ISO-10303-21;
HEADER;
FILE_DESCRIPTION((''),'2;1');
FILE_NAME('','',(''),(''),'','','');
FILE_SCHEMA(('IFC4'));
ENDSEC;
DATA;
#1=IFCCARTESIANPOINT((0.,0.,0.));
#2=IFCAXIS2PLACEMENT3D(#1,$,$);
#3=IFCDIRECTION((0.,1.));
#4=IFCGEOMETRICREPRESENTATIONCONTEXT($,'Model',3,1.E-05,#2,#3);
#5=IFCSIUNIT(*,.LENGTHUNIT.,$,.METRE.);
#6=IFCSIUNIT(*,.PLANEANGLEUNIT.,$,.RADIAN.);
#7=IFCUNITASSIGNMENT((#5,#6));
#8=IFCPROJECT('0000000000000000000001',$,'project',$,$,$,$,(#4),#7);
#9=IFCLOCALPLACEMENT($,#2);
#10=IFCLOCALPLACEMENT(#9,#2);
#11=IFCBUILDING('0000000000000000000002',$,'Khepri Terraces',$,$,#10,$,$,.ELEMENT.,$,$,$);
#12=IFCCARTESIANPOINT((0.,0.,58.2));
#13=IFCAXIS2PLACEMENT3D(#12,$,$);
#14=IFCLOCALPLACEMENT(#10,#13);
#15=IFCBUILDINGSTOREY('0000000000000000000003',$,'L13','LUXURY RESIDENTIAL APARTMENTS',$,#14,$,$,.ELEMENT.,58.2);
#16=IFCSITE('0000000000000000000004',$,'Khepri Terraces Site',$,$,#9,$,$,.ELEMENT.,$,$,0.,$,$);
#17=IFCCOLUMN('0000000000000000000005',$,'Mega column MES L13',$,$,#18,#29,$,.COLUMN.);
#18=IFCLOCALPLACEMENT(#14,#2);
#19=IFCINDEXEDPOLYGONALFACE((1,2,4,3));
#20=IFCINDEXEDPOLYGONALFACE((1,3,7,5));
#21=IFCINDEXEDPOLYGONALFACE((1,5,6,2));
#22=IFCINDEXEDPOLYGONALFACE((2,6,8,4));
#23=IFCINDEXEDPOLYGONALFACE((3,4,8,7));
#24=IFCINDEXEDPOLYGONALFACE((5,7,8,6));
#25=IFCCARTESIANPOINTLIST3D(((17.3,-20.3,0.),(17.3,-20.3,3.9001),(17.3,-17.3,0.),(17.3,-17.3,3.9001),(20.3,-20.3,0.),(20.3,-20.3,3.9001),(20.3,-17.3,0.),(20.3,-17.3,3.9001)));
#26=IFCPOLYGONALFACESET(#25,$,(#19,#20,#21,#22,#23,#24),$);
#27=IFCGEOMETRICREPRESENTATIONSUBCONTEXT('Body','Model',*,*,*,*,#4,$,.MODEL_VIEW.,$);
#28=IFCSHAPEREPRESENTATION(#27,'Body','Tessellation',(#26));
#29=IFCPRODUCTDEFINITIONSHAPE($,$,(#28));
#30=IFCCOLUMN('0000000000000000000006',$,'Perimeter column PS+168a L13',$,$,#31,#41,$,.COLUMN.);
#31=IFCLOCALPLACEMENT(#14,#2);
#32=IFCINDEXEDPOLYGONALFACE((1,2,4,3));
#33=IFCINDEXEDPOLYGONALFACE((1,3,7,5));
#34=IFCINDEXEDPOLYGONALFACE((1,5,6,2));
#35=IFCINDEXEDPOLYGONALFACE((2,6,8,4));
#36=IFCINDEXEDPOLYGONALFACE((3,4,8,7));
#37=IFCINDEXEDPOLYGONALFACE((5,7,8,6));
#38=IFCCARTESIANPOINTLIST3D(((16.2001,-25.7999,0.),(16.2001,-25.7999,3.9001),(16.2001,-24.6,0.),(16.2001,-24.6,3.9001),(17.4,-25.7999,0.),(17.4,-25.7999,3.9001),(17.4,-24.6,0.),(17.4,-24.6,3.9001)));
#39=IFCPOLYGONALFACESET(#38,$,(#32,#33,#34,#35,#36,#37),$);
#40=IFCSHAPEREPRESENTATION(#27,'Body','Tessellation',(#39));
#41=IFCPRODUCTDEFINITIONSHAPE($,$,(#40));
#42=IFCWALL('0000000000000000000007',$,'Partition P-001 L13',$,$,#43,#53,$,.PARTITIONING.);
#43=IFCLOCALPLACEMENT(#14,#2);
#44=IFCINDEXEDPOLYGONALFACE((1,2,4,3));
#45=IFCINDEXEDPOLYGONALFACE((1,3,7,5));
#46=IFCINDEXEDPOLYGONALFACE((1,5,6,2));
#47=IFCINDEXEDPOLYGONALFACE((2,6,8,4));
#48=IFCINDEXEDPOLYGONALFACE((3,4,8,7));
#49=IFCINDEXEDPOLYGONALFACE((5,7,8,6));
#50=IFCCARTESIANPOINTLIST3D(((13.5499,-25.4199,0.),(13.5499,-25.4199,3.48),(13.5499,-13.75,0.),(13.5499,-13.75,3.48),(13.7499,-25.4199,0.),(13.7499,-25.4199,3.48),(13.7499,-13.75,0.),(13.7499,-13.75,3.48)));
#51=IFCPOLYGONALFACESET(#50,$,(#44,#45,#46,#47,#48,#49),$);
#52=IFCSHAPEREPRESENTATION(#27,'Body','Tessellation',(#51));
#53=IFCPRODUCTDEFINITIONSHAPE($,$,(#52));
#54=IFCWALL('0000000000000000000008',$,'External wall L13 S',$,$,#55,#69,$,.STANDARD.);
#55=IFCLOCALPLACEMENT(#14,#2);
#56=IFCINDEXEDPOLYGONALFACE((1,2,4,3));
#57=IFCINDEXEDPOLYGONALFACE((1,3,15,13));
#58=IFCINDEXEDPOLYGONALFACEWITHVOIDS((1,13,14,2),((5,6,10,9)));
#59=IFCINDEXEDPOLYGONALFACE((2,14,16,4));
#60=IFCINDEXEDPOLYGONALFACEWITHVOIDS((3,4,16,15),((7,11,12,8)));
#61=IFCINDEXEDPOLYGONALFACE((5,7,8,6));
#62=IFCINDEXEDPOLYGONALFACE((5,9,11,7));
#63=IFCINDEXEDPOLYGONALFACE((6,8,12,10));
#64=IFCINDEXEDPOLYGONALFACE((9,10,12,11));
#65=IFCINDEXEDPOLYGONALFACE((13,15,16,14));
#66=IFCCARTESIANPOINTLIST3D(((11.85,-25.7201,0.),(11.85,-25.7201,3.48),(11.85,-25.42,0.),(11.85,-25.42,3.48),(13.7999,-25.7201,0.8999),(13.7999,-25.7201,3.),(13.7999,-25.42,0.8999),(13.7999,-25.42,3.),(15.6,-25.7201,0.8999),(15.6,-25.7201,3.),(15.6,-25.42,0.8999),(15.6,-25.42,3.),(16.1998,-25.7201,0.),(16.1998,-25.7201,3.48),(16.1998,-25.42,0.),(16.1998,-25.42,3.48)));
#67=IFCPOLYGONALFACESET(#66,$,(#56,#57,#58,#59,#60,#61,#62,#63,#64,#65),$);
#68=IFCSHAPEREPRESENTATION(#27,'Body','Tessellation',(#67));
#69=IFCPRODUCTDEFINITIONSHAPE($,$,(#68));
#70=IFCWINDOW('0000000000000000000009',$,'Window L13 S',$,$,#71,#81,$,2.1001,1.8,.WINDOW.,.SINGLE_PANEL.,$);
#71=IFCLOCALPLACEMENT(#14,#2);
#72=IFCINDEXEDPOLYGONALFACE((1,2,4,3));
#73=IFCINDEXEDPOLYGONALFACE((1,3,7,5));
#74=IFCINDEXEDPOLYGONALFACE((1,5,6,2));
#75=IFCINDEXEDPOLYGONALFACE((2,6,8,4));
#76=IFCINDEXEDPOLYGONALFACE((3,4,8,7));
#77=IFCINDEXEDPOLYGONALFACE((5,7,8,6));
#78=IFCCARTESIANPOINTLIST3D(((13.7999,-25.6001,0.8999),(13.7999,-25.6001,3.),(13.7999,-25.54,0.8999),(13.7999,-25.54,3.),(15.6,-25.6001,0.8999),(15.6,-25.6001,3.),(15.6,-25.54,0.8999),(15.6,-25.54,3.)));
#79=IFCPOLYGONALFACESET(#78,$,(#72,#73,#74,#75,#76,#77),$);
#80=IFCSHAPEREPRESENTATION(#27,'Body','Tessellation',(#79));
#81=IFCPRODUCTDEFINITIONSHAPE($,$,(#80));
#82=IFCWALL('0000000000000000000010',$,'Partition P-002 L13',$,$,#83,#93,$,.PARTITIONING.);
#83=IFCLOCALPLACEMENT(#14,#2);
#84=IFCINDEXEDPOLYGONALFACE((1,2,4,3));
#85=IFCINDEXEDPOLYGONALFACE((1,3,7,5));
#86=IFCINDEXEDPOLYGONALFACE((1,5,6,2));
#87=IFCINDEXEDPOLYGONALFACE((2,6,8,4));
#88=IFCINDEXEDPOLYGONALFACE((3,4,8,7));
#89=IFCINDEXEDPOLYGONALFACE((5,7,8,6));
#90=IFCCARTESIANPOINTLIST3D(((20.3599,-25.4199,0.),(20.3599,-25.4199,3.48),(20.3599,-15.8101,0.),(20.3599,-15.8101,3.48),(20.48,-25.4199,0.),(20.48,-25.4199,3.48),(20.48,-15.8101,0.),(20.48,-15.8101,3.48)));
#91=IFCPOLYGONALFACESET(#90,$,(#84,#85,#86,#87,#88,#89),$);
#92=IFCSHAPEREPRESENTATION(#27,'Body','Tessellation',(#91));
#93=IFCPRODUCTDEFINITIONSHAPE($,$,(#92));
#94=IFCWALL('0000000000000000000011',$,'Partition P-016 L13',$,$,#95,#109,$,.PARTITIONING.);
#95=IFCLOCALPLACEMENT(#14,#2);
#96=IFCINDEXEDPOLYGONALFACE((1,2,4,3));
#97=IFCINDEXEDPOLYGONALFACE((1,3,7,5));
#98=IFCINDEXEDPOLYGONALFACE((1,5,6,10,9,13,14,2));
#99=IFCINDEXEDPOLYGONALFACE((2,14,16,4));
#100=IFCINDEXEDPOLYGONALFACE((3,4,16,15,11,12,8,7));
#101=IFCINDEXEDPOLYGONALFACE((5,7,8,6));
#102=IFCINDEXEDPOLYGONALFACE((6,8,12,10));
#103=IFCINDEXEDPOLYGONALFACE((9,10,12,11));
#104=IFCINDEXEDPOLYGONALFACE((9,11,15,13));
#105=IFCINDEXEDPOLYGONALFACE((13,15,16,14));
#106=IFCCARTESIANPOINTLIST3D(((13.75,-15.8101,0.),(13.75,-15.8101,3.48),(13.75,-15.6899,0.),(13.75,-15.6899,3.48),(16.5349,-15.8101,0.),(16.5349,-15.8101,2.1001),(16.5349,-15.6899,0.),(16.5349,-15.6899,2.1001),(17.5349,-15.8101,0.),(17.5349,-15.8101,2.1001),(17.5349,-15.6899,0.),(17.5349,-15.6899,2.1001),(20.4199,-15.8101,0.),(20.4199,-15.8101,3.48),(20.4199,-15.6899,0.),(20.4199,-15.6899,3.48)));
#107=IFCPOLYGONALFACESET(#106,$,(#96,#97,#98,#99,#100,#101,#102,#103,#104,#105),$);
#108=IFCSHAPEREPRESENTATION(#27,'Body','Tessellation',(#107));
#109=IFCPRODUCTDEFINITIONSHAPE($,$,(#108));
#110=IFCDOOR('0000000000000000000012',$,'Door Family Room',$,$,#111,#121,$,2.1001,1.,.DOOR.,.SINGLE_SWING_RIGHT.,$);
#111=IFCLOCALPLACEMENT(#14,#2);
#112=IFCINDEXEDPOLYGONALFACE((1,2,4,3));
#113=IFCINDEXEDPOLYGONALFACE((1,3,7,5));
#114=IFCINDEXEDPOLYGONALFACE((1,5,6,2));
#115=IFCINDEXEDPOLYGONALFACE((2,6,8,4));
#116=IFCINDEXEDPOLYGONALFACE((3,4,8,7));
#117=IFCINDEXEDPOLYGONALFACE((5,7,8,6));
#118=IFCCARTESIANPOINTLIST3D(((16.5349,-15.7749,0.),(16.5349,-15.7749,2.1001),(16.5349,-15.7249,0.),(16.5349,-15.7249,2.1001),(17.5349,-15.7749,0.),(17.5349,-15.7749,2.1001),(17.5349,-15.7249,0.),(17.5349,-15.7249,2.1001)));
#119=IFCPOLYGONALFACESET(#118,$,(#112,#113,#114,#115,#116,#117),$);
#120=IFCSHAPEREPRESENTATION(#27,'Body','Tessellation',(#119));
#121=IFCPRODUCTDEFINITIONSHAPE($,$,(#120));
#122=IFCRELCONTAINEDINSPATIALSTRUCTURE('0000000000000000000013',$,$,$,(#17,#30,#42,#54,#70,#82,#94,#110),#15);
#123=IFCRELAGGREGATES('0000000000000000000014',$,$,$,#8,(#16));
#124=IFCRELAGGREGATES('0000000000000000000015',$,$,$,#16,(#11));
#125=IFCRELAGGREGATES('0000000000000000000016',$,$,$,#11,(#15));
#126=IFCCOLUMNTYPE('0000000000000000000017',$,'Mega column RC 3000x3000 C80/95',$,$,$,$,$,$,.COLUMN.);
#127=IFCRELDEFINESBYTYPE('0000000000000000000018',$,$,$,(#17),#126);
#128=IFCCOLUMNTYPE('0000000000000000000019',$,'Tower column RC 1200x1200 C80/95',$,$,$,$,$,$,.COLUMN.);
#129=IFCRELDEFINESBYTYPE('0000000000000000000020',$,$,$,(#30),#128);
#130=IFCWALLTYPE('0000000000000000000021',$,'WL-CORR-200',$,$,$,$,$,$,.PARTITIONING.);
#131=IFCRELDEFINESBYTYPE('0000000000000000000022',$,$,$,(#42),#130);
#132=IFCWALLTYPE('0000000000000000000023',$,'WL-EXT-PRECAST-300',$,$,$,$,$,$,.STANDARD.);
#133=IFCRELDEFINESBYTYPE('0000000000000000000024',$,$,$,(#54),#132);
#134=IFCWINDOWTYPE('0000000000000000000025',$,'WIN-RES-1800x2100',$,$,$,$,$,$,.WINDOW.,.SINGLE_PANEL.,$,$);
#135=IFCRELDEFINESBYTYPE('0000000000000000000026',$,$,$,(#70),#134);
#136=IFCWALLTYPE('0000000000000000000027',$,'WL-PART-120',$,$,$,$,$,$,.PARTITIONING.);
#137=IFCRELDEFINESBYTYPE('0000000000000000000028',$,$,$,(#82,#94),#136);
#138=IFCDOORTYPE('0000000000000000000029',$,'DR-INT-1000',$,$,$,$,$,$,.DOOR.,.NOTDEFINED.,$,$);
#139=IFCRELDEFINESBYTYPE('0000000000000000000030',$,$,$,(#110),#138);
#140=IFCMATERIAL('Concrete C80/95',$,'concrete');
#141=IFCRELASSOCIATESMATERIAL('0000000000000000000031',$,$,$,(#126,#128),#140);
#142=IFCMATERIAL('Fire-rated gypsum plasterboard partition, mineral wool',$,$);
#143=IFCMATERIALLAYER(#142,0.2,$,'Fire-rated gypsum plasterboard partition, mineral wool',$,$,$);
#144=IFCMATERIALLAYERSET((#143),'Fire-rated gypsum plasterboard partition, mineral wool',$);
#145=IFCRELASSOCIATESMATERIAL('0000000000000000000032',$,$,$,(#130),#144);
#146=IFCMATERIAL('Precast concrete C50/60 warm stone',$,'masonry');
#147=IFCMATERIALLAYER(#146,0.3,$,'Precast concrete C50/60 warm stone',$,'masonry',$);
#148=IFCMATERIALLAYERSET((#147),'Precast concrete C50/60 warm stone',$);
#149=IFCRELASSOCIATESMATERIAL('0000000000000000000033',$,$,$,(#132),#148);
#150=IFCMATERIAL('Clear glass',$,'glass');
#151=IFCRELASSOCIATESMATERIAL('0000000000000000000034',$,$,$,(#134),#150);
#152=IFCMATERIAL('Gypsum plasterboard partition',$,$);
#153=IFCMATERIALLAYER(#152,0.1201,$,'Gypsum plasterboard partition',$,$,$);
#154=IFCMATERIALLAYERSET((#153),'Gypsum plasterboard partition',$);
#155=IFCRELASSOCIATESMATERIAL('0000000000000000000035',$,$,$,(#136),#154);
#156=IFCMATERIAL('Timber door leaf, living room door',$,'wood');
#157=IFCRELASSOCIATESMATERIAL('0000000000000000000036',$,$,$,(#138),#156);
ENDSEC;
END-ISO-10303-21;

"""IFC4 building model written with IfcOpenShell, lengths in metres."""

from ifc_helpers import new_model, si_unit, direction, frame, frame_2d, origin, origin_2d, place, context, subcontext, project, spatial, rectangle, extrude, material, layer, layer_set, material_profile, profile_set, type_object, element, fill, save


model = new_model("IFC4")

# Units and contexts
model_context = context("Model", 3, precision=1e-05, world=origin(), true_north=direction((0.0, 1.0)))
body_context = subcontext(model_context, "Body", "Model", "MODEL_VIEW")
ifc_project = project(units=[si_unit("LENGTHUNIT", "METRE"), si_unit("PLANEANGLEUNIT", "RADIAN")], contexts=[model_context])

# Site, building, storey
site_placement = place(None, origin())
site = spatial("IfcSite", under=ifc_project, at=site_placement, Name="Khepri Terraces Site", CompositionType="ELEMENT", RefElevation=0.0)
building_placement = place(site_placement, origin())
building = spatial("IfcBuilding", under=site, at=building_placement, Name="Khepri Terraces", CompositionType="ELEMENT")
storey_placement = place(building_placement, frame((0.0, 0.0, 58.2)))
storey = spatial("IfcBuildingStorey", under=building, at=storey_placement, Name="L13", Description="LUXURY RESIDENTIAL APARTMENTS", CompositionType="ELEMENT", Elevation=58.2)

# Columns
ifc_material_1 = material(Name="Concrete C80/95", Category="concrete")
ifc_material_profile_1 = material_profile(ifc_material_1, rectangle(XDim=3.0, YDim=3.0, at=origin_2d()), Name="Concrete C80/95", Category="concrete")
ifc_profile_set_1 = profile_set([ifc_material_profile_1], Name="Concrete C80/95")
column_type_1 = type_object("IfcColumnType", Name="Mega column RC 3000x3000 C80/95", PredefinedType="COLUMN", material=ifc_profile_set_1)
column_1_placement = place(storey_placement, frame((18.8, -18.8, 0.0), z_axis=(0.0, 0.0, 1.0), x_axis=(1.0, 0.0, 0.0)))
element("IfcColumn", 1, at=column_1_placement, inside=storey, type_object=column_type_1, Name="Mega column MES L13", PredefinedType="COLUMN", context=body_context, shape_type="SweptSolid", body=[
    extrude(rectangle(XDim=3.0, YDim=3.0, at=origin_2d()), origin(), (0.0, 0.0, 1.0), 3.9001),
])
ifc_material_profile_2 = material_profile(ifc_material_1, rectangle(XDim=1.2, YDim=1.2, at=origin_2d()), Name="Concrete C80/95", Category="concrete")
ifc_profile_set_2 = profile_set([ifc_material_profile_2], Name="Concrete C80/95")
column_type_2 = type_object("IfcColumnType", Name="Tower column RC 1200x1200 C80/95", PredefinedType="COLUMN", material=ifc_profile_set_2)
column_2_placement = place(storey_placement, frame((16.8, -25.2, 0.0), z_axis=(0.0, 0.0, 1.0), x_axis=(1.0, 0.0, 0.0)))
element("IfcColumn", 2, at=column_2_placement, inside=storey, type_object=column_type_2, Name="Perimeter column PS+168a L13", PredefinedType="COLUMN", context=body_context, shape_type="SweptSolid", body=[
    extrude(rectangle(XDim=1.2, YDim=1.2, at=origin_2d()), origin(), (0.0, 0.0, 1.0), 3.9001),
])

# Wall
ifc_material_2 = material(Name="Fire-rated gypsum plasterboard partition, mineral wool")
ifc_layer_1 = layer(ifc_material_2, 0.2, Name="Fire-rated gypsum plasterboard partition, mineral wool")
ifc_layer_set_1 = layer_set([ifc_layer_1], Name="Fire-rated gypsum plasterboard partition, mineral wool")
wall_type_1 = type_object("IfcWallType", Name="WL-CORR-200", PredefinedType="PARTITIONING", material=ifc_layer_set_1)
wall_1_placement = place(storey_placement, frame((13.6499, -25.4199, 0.0), z_axis=(0.0, 0.0, 1.0), x_axis=(0.0, 1.0, 0.0)))
element("IfcWall", 3, at=wall_1_placement, inside=storey, type_object=wall_type_1, Name="Partition P-001 L13", PredefinedType="PARTITIONING", context=body_context, shape_type="SweptSolid", body=[
    extrude(rectangle(XDim=11.6699, YDim=0.2, at=frame_2d((5.835, 0.0))), origin(), (0.0, 0.0, 1.0), 3.48),
])

# Shared definitions
ifc_material_3 = material(Name="Precast concrete C50/60 warm stone", Category="masonry")
ifc_layer_2 = layer(ifc_material_3, 0.3, Name="Precast concrete C50/60 warm stone", Category="masonry")
ifc_layer_set_2 = layer_set([ifc_layer_2], Name="Precast concrete C50/60 warm stone")
wall_type_2 = type_object("IfcWallType", Name="WL-EXT-PRECAST-300", PredefinedType="STANDARD", material=ifc_layer_set_2)

# Wall, opening, window
wall_2_placement = place(storey_placement, frame((11.8501, -25.5701, 0.0), z_axis=(0.0, 0.0, 1.0), x_axis=(1.0, 0.0, 0.0)))
wall_2 = element("IfcWall", 4, at=wall_2_placement, inside=storey, type_object=wall_type_2, Name="External wall L13 S", PredefinedType="STANDARD", context=body_context, shape_type="SweptSolid", body=[
    extrude(rectangle(XDim=4.3499, YDim=0.3, at=frame_2d((2.1748, 0.0))), origin(), (0.0, 0.0, 1.0), 3.48),
])
opening_1_placement = place(wall_2_placement, frame((1.95, 0.0, 0.8999)))
opening_1 = element("IfcOpeningElement", 5, at=opening_1_placement, cuts=wall_2, PredefinedType="OPENING", context=body_context, shape_type="SweptSolid", body=[
    extrude(rectangle(XDim=1.8, YDim=2.1001, at=frame_2d((0.8999, 1.05))), frame((0.0, 0.1602, 0.0), z_axis=(0.0, -1.0, 0.0), x_axis=(1.0, 0.0, 0.0)), (0.0, 0.0, 1.0), 0.3201),
])
ifc_material_4 = material(Name="Clear glass", Category="glass")
window_type = type_object("IfcWindowType", Name="WIN-RES-1800x2100", PartitioningType="SINGLE_PANEL", PredefinedType="WINDOW", material=ifc_material_4)
window_1_placement = place(opening_1_placement, origin())
window_1 = element("IfcWindow", 6, at=window_1_placement, inside=storey, type_object=window_type, Name="Window L13 S", OverallHeight=2.1001, OverallWidth=1.8, PartitioningType="SINGLE_PANEL", PredefinedType="WINDOW", context=body_context, shape_type="SweptSolid", body=[
    extrude(rectangle(XDim=1.8, YDim=2.1001, at=frame_2d((0.8999, 1.05))), frame((0.0, 0.03, 0.0), z_axis=(0.0, -1.0, 0.0), x_axis=(1.0, 0.0, 0.0)), (0.0, 0.0, 1.0), 0.0601),
])
fill(opening_1, window_1)

# Wall
ifc_material_5 = material(Name="Gypsum plasterboard partition")
ifc_layer_3 = layer(ifc_material_5, 0.1201, Name="Gypsum plasterboard partition")
ifc_layer_set_3 = layer_set([ifc_layer_3], Name="Gypsum plasterboard partition")
wall_type_3 = type_object("IfcWallType", Name="WL-PART-120", PredefinedType="PARTITIONING", material=ifc_layer_set_3)
wall_3_placement = place(storey_placement, frame((20.4199, -25.4199, 0.0), z_axis=(0.0, 0.0, 1.0), x_axis=(0.0, 1.0, 0.0)))
element("IfcWall", 7, at=wall_3_placement, inside=storey, type_object=wall_type_3, Name="Partition P-002 L13", PredefinedType="PARTITIONING", context=body_context, shape_type="SweptSolid", body=[
    extrude(rectangle(XDim=9.6099, YDim=0.1201, at=frame_2d((4.8049, 0.0))), origin(), (0.0, 0.0, 1.0), 3.48),
])

# Wall, opening, door
wall_4_placement = place(storey_placement, frame((13.75, -15.75, 0.0), z_axis=(0.0, 0.0, 1.0), x_axis=(1.0, 0.0, 0.0)))
wall_4 = element("IfcWall", 8, at=wall_4_placement, inside=storey, type_object=wall_type_3, Name="Partition P-016 L13", PredefinedType="PARTITIONING", context=body_context, shape_type="SweptSolid", body=[
    extrude(rectangle(XDim=6.6699, YDim=0.1201, at=frame_2d((3.335, 0.0))), origin(), (0.0, 0.0, 1.0), 3.48),
])
opening_2_placement = place(wall_4_placement, frame((2.7849, 0.0, 0.0)))
opening_2 = element("IfcOpeningElement", 9, at=opening_2_placement, cuts=wall_4, PredefinedType="OPENING", context=body_context, shape_type="SweptSolid", body=[
    extrude(rectangle(XDim=1.0, YDim=2.1001, at=frame_2d((0.5, 1.05))), frame((0.0, 0.0701, 0.0), z_axis=(0.0, -1.0, 0.0), x_axis=(1.0, 0.0, 0.0)), (0.0, 0.0, 1.0), 0.1401),
])
ifc_material_6 = material(Name="Timber door leaf, living room door", Category="wood")
door_type_1 = type_object("IfcDoorType", Name="DR-INT-1000", OperationType="NOTDEFINED", PredefinedType="DOOR", material=ifc_material_6)
door_1_placement = place(opening_2_placement, frame((1.0, 0.0, 0.0), z_axis=(0.0, 0.0, 1.0), x_axis=(-1.0, 0.0, 0.0)))
door_1 = element("IfcDoor", 10, at=door_1_placement, inside=storey, type_object=door_type_1, Name="Door Family Room", OperationType="SINGLE_SWING_RIGHT", OverallHeight=2.1001, OverallWidth=1.0, PredefinedType="DOOR", context=body_context, shape_type="SweptSolid", body=[
    extrude(rectangle(XDim=1.0, YDim=2.1001, at=frame_2d((0.5, 1.05))), frame((0.0, 0.0249, 0.0), z_axis=(0.0, -1.0, 0.0), x_axis=(1.0, 0.0, 0.0)), (0.0, 0.0, 1.0), 0.05),
])
fill(opening_2, door_1)

save(model, "model.ifc")
